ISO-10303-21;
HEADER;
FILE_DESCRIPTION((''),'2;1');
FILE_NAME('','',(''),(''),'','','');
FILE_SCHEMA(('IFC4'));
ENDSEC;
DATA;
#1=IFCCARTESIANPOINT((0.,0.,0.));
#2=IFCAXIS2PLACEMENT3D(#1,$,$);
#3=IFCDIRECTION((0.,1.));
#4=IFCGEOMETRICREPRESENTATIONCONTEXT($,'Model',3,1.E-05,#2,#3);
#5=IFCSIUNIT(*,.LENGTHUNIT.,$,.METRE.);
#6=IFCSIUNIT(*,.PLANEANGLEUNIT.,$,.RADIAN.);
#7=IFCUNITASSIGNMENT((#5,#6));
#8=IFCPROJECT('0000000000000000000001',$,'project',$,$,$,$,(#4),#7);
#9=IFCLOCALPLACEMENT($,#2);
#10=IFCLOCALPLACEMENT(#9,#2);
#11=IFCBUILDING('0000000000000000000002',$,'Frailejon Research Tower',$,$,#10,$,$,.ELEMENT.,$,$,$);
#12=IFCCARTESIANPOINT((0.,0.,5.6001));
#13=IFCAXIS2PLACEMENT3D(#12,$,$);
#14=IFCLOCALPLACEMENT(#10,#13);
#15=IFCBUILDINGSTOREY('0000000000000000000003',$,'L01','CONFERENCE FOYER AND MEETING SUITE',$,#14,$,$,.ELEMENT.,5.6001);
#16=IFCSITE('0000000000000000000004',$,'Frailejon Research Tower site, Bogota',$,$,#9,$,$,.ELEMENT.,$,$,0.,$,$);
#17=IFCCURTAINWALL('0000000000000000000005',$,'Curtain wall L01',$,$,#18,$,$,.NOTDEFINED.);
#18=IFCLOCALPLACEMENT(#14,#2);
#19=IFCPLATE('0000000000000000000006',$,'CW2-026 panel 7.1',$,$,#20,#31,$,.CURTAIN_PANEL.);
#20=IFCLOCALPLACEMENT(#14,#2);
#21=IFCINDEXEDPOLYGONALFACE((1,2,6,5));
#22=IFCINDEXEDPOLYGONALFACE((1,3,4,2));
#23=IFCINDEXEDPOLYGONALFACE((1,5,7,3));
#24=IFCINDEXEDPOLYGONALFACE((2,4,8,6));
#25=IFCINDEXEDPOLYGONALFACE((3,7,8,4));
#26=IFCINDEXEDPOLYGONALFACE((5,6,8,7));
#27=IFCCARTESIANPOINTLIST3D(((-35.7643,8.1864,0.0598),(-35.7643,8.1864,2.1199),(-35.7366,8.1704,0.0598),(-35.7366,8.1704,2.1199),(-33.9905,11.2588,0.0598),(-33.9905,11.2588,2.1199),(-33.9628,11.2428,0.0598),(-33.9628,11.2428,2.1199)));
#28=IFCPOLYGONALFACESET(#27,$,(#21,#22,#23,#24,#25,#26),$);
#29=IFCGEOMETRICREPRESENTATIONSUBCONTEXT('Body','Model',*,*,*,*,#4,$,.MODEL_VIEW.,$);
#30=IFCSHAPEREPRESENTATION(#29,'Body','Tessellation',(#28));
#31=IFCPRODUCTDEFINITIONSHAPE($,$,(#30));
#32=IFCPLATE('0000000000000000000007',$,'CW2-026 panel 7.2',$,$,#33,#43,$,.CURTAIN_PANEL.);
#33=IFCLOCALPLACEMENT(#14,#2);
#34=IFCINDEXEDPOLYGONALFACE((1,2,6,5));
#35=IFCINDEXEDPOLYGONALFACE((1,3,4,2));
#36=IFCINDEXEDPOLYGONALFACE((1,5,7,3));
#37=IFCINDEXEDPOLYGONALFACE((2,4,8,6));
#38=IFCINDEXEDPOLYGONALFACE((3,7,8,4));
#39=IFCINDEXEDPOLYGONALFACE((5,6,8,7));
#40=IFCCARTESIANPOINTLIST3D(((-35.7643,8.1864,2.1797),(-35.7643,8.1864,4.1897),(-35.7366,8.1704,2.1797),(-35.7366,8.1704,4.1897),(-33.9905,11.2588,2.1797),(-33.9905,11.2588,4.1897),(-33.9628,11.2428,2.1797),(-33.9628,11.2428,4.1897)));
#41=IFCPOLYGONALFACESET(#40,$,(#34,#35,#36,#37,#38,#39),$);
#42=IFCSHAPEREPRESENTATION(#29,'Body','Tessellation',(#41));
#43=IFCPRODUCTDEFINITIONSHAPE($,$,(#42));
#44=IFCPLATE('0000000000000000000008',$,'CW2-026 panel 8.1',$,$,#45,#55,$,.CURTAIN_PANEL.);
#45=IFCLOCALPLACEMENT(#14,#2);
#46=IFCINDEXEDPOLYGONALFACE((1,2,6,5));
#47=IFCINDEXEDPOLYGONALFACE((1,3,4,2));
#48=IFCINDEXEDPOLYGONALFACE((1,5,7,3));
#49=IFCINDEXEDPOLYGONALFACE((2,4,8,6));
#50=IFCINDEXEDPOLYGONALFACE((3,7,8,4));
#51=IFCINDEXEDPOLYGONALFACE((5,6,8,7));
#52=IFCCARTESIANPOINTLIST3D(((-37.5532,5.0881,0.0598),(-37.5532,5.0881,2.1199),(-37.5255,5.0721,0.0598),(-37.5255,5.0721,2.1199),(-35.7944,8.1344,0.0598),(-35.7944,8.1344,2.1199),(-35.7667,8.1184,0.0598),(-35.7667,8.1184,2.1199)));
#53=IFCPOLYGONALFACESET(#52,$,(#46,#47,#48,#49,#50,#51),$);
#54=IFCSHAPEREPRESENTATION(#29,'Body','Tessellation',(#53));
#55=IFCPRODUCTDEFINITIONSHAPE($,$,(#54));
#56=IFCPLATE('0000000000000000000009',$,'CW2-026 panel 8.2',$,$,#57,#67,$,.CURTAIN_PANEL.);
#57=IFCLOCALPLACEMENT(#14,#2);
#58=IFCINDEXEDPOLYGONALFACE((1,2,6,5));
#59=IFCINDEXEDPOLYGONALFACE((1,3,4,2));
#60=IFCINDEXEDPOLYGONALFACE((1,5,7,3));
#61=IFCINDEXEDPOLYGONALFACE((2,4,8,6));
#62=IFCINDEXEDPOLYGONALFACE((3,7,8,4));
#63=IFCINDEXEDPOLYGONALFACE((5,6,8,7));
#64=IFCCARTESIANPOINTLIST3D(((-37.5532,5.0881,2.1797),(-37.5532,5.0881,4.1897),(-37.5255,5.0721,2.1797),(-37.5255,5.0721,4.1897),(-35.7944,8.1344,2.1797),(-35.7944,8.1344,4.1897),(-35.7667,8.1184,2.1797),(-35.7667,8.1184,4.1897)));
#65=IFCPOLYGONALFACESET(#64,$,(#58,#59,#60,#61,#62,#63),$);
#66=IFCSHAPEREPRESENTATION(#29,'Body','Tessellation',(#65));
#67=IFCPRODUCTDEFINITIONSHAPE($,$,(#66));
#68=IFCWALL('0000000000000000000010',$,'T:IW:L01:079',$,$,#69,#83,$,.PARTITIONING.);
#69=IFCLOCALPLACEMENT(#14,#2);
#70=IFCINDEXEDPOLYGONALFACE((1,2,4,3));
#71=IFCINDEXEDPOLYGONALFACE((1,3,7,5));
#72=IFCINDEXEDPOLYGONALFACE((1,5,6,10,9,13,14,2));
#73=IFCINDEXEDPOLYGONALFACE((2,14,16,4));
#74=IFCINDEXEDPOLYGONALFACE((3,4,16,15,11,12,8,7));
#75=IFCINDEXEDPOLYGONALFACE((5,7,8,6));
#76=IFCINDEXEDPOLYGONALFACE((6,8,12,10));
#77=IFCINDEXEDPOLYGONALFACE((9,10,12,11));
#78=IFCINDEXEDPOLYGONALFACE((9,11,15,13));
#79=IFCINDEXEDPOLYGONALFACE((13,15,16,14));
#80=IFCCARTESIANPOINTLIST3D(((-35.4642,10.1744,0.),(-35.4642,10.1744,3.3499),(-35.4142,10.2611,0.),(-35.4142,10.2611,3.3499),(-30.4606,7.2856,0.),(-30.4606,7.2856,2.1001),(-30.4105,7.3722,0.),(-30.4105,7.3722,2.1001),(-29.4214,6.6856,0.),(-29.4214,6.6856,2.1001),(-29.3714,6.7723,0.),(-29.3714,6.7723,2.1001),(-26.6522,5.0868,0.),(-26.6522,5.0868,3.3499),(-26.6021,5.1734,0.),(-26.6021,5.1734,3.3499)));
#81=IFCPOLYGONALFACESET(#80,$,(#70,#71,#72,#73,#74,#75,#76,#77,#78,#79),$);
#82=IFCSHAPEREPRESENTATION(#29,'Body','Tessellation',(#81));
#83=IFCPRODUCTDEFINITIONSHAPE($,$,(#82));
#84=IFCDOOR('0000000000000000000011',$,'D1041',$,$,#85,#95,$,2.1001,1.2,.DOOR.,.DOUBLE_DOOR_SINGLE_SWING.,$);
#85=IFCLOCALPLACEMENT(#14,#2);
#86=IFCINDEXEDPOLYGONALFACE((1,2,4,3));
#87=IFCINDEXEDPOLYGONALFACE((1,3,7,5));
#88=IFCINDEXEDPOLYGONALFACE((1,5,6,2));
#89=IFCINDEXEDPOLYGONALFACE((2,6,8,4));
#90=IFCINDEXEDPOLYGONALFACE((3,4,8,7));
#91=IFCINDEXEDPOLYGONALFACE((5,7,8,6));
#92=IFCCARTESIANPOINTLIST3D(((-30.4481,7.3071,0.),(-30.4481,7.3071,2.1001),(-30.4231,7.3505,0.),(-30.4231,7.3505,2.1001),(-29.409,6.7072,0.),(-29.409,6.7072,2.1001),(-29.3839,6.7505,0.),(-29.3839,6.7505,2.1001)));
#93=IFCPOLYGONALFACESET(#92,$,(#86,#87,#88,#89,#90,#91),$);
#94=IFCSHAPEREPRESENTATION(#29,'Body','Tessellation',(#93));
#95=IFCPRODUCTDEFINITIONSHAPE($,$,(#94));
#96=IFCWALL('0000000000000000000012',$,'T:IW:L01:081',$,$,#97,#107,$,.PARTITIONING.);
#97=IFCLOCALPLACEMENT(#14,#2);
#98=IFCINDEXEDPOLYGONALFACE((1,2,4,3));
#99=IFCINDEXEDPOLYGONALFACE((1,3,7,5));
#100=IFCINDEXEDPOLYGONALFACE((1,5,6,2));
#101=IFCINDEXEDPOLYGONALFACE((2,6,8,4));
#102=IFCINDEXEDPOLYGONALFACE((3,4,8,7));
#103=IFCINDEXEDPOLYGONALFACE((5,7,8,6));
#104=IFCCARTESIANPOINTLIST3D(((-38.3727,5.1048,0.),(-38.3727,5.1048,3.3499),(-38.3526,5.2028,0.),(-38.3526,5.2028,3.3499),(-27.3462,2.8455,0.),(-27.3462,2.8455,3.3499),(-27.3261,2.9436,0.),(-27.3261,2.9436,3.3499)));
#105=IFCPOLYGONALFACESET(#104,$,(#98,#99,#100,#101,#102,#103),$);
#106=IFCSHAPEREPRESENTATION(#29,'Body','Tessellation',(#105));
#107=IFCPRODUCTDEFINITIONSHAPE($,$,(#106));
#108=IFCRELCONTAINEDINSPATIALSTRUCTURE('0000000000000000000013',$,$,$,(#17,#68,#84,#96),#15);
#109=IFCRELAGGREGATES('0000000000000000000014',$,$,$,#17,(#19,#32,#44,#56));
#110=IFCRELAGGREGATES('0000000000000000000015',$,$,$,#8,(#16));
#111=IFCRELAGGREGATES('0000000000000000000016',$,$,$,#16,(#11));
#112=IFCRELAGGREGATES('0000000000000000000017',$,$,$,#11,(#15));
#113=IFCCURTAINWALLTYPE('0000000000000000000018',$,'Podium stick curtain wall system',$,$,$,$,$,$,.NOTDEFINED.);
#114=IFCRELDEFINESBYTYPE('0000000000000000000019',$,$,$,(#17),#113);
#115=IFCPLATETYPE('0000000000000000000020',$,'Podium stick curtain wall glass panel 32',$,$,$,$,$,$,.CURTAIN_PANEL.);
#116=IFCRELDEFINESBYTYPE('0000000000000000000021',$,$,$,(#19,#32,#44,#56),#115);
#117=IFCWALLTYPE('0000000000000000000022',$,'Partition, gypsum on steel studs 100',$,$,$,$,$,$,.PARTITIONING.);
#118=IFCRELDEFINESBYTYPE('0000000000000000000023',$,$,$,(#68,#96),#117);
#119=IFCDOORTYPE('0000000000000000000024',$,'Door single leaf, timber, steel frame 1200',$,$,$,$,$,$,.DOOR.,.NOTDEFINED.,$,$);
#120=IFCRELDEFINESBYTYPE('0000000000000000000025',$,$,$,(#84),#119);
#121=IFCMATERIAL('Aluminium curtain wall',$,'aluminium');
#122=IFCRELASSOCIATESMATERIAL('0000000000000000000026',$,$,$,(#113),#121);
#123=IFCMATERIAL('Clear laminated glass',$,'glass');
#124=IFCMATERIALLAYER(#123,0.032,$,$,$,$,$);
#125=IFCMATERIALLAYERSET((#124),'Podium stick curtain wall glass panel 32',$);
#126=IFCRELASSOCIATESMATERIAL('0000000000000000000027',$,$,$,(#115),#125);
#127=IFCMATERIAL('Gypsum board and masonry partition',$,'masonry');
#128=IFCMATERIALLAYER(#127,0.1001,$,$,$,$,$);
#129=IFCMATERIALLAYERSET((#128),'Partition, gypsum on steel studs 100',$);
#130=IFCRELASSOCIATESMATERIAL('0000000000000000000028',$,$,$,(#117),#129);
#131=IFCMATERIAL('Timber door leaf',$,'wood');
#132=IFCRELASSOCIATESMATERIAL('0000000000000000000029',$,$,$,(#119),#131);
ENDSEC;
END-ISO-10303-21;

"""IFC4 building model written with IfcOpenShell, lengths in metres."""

from ifc_helpers import new_model, si_unit, direction, frame, frame_2d, origin, origin_2d, place, context, subcontext, project, spatial, rectangle, extrude, material, layer, layer_set, type_object, element, fill, aggregate, save


model = new_model("IFC4")

# Units and contexts
model_context = context("Model", 3, precision=1e-05, world=origin(), true_north=direction((0.0, 1.0)))
body_context = subcontext(model_context, "Body", "Model", "MODEL_VIEW")
ifc_project = project(units=[si_unit("LENGTHUNIT", "METRE"), si_unit("PLANEANGLEUNIT", "RADIAN")], contexts=[model_context])

# Site, building, storey
site_placement = place(None, origin())
site = spatial("IfcSite", under=ifc_project, at=site_placement, Name="Frailejon Research Tower site, Bogota", CompositionType="ELEMENT", RefElevation=0.0)
building_placement = place(site_placement, origin())
building = spatial("IfcBuilding", under=site, at=building_placement, Name="Frailejon Research Tower", CompositionType="ELEMENT")
storey_placement = place(building_placement, frame((0.0, 0.0, 5.6001)))
storey = spatial("IfcBuildingStorey", under=building, at=storey_placement, Name="L01", Description="CONFERENCE FOYER AND MEETING SUITE", CompositionType="ELEMENT", Elevation=5.6001)

# Curtain wall
ifc_material_1 = material(Name="Aluminium curtain wall", Category="aluminium")
curtain_wall_type = type_object("IfcCurtainWallType", Name="Podium stick curtain wall system", PredefinedType="NOTDEFINED", material=ifc_material_1)
curtain_wall_1_placement = place(storey_placement, origin())
curtain_wall_1 = element("IfcCurtainWall", 1, at=curtain_wall_1_placement, inside=storey, type_object=curtain_wall_type, Name="Curtain wall L01", PredefinedType="NOTDEFINED")

# Plates
ifc_material_2 = material(Name="Clear laminated glass", Category="glass")
ifc_layer_1 = layer(ifc_material_2, 0.032)
ifc_layer_set_1 = layer_set([ifc_layer_1], Name="Podium stick curtain wall glass panel 32")
plate_type = type_object("IfcPlateType", Name="Podium stick curtain wall glass panel 32", PredefinedType="CURTAIN_PANEL", material=ifc_layer_set_1)
plate_1_placement = place(storey_placement, frame((-34.8635, 9.7146, 0.0598), z_axis=(0.0, 0.0, 1.0), x_axis=(-0.499998, -0.866026, 0.0)))
plate_1 = element("IfcPlate", 2, at=plate_1_placement, type_object=plate_type, Name="CW2-026 panel 7.1", PredefinedType="CURTAIN_PANEL", context=body_context, shape_type="SweptSolid", body=[
    extrude(rectangle(XDim=3.5476, YDim=0.032, at=origin_2d()), origin(), (0.0, 0.0, 1.0), 2.0601),
])
plate_2_placement = place(storey_placement, frame((-34.8635, 9.7146, 2.1797), z_axis=(0.0, 0.0, 1.0), x_axis=(-0.499998, -0.866026, 0.0)))
plate_2 = element("IfcPlate", 3, at=plate_2_placement, type_object=plate_type, Name="CW2-026 panel 7.2", PredefinedType="CURTAIN_PANEL", context=body_context, shape_type="SweptSolid", body=[
    extrude(rectangle(XDim=3.5476, YDim=0.032, at=origin_2d()), origin(), (0.0, 0.0, 1.0), 2.01),
])
plate_3_placement = place(storey_placement, frame((-36.6599, 6.6033, 0.0598), z_axis=(0.0, 0.0, 1.0), x_axis=(-0.499998, -0.866026, 0.0)))
plate_3 = element("IfcPlate", 4, at=plate_3_placement, type_object=plate_type, Name="CW2-026 panel 8.1", PredefinedType="CURTAIN_PANEL", context=body_context, shape_type="SweptSolid", body=[
    extrude(rectangle(XDim=3.5176, YDim=0.032, at=origin_2d()), origin(), (0.0, 0.0, 1.0), 2.0601),
])
plate_4_placement = place(storey_placement, frame((-36.6599, 6.6033, 2.1797), z_axis=(0.0, 0.0, 1.0), x_axis=(-0.499998, -0.866026, 0.0)))
plate_4 = element("IfcPlate", 5, at=plate_4_placement, type_object=plate_type, Name="CW2-026 panel 8.2", PredefinedType="CURTAIN_PANEL", context=body_context, shape_type="SweptSolid", body=[
    extrude(rectangle(XDim=3.5176, YDim=0.032, at=origin_2d()), origin(), (0.0, 0.0, 1.0), 2.01),
])
aggregate(curtain_wall_1, [plate_1, plate_2, plate_3, plate_4])

# Wall, opening, door
ifc_material_3 = material(Name="Gypsum board and masonry partition", Category="masonry")
ifc_layer_2 = layer(ifc_material_3, 0.1001)
ifc_layer_set_2 = layer_set([ifc_layer_2], Name="Partition, gypsum on steel studs 100")
wall_type = type_object("IfcWallType", Name="Partition, gypsum on steel studs 100", PredefinedType="PARTITIONING", material=ifc_layer_set_2)
wall_1_placement = place(storey_placement, frame((-35.4392, 10.2178, 0.0), z_axis=(0.0, 0.0, 1.0), x_axis=(0.866024, -0.500002, 0.0)))
wall_1 = element("IfcWall", 6, at=wall_1_placement, inside=storey, type_object=wall_type, Name="T:IW:L01:079", PredefinedType="PARTITIONING", context=body_context, shape_type="SweptSolid", body=[
    extrude(rectangle(XDim=10.1753, YDim=0.1001, at=frame_2d((5.0876, 0.0))), origin(), (0.0, 0.0, 1.0), 3.3499),
])
opening_placement = place(wall_1_placement, frame((5.7776, 0.0, 0.0)))
opening = element("IfcOpeningElement", 7, at=opening_placement, cuts=wall_1, PredefinedType="OPENING", context=body_context, shape_type="SweptSolid", body=[
    extrude(rectangle(XDim=1.2, YDim=2.1001, at=frame_2d((0.6001, 1.05))), frame((0.0, 0.0601, 0.0), z_axis=(0.0, -1.0, 0.0), x_axis=(1.0, 0.0, 0.0)), (0.0, 0.0, 1.0), 0.1201),
])
ifc_material_4 = material(Name="Timber door leaf", Category="wood")
door_type = type_object("IfcDoorType", Name="Door single leaf, timber, steel frame 1200", OperationType="NOTDEFINED", PredefinedType="DOOR", material=ifc_material_4)
door_placement = place(opening_placement, origin())
door = element("IfcDoor", 8, at=door_placement, inside=storey, type_object=door_type, Name="D1041", OperationType="DOUBLE_DOOR_SINGLE_SWING", OverallHeight=2.1001, OverallWidth=1.2, PredefinedType="DOOR", context=body_context, shape_type="SweptSolid", body=[
    extrude(rectangle(XDim=1.2, YDim=2.1001, at=frame_2d((0.6001, 1.05))), frame((0.0, 0.0249, 0.0), z_axis=(0.0, -1.0, 0.0), x_axis=(1.0, 0.0, 0.0)), (0.0, 0.0, 1.0), 0.05),
])
fill(opening, door)

# Wall
wall_2_placement = place(storey_placement, frame((-38.3628, 5.1538, 0.0), z_axis=(0.0, 0.0, 1.0), x_axis=(0.979648, -0.200723, 0.0)))
element("IfcWall", 9, at=wall_2_placement, inside=storey, type_object=wall_type, Name="T:IW:L01:081", PredefinedType="PARTITIONING", context=body_context, shape_type="SweptSolid", body=[
    extrude(rectangle(XDim=11.2556, YDim=0.1001, at=frame_2d((5.6279, 0.0))), origin(), (0.0, 0.0, 1.0), 3.3499),
])

save(model, "model.ifc")
